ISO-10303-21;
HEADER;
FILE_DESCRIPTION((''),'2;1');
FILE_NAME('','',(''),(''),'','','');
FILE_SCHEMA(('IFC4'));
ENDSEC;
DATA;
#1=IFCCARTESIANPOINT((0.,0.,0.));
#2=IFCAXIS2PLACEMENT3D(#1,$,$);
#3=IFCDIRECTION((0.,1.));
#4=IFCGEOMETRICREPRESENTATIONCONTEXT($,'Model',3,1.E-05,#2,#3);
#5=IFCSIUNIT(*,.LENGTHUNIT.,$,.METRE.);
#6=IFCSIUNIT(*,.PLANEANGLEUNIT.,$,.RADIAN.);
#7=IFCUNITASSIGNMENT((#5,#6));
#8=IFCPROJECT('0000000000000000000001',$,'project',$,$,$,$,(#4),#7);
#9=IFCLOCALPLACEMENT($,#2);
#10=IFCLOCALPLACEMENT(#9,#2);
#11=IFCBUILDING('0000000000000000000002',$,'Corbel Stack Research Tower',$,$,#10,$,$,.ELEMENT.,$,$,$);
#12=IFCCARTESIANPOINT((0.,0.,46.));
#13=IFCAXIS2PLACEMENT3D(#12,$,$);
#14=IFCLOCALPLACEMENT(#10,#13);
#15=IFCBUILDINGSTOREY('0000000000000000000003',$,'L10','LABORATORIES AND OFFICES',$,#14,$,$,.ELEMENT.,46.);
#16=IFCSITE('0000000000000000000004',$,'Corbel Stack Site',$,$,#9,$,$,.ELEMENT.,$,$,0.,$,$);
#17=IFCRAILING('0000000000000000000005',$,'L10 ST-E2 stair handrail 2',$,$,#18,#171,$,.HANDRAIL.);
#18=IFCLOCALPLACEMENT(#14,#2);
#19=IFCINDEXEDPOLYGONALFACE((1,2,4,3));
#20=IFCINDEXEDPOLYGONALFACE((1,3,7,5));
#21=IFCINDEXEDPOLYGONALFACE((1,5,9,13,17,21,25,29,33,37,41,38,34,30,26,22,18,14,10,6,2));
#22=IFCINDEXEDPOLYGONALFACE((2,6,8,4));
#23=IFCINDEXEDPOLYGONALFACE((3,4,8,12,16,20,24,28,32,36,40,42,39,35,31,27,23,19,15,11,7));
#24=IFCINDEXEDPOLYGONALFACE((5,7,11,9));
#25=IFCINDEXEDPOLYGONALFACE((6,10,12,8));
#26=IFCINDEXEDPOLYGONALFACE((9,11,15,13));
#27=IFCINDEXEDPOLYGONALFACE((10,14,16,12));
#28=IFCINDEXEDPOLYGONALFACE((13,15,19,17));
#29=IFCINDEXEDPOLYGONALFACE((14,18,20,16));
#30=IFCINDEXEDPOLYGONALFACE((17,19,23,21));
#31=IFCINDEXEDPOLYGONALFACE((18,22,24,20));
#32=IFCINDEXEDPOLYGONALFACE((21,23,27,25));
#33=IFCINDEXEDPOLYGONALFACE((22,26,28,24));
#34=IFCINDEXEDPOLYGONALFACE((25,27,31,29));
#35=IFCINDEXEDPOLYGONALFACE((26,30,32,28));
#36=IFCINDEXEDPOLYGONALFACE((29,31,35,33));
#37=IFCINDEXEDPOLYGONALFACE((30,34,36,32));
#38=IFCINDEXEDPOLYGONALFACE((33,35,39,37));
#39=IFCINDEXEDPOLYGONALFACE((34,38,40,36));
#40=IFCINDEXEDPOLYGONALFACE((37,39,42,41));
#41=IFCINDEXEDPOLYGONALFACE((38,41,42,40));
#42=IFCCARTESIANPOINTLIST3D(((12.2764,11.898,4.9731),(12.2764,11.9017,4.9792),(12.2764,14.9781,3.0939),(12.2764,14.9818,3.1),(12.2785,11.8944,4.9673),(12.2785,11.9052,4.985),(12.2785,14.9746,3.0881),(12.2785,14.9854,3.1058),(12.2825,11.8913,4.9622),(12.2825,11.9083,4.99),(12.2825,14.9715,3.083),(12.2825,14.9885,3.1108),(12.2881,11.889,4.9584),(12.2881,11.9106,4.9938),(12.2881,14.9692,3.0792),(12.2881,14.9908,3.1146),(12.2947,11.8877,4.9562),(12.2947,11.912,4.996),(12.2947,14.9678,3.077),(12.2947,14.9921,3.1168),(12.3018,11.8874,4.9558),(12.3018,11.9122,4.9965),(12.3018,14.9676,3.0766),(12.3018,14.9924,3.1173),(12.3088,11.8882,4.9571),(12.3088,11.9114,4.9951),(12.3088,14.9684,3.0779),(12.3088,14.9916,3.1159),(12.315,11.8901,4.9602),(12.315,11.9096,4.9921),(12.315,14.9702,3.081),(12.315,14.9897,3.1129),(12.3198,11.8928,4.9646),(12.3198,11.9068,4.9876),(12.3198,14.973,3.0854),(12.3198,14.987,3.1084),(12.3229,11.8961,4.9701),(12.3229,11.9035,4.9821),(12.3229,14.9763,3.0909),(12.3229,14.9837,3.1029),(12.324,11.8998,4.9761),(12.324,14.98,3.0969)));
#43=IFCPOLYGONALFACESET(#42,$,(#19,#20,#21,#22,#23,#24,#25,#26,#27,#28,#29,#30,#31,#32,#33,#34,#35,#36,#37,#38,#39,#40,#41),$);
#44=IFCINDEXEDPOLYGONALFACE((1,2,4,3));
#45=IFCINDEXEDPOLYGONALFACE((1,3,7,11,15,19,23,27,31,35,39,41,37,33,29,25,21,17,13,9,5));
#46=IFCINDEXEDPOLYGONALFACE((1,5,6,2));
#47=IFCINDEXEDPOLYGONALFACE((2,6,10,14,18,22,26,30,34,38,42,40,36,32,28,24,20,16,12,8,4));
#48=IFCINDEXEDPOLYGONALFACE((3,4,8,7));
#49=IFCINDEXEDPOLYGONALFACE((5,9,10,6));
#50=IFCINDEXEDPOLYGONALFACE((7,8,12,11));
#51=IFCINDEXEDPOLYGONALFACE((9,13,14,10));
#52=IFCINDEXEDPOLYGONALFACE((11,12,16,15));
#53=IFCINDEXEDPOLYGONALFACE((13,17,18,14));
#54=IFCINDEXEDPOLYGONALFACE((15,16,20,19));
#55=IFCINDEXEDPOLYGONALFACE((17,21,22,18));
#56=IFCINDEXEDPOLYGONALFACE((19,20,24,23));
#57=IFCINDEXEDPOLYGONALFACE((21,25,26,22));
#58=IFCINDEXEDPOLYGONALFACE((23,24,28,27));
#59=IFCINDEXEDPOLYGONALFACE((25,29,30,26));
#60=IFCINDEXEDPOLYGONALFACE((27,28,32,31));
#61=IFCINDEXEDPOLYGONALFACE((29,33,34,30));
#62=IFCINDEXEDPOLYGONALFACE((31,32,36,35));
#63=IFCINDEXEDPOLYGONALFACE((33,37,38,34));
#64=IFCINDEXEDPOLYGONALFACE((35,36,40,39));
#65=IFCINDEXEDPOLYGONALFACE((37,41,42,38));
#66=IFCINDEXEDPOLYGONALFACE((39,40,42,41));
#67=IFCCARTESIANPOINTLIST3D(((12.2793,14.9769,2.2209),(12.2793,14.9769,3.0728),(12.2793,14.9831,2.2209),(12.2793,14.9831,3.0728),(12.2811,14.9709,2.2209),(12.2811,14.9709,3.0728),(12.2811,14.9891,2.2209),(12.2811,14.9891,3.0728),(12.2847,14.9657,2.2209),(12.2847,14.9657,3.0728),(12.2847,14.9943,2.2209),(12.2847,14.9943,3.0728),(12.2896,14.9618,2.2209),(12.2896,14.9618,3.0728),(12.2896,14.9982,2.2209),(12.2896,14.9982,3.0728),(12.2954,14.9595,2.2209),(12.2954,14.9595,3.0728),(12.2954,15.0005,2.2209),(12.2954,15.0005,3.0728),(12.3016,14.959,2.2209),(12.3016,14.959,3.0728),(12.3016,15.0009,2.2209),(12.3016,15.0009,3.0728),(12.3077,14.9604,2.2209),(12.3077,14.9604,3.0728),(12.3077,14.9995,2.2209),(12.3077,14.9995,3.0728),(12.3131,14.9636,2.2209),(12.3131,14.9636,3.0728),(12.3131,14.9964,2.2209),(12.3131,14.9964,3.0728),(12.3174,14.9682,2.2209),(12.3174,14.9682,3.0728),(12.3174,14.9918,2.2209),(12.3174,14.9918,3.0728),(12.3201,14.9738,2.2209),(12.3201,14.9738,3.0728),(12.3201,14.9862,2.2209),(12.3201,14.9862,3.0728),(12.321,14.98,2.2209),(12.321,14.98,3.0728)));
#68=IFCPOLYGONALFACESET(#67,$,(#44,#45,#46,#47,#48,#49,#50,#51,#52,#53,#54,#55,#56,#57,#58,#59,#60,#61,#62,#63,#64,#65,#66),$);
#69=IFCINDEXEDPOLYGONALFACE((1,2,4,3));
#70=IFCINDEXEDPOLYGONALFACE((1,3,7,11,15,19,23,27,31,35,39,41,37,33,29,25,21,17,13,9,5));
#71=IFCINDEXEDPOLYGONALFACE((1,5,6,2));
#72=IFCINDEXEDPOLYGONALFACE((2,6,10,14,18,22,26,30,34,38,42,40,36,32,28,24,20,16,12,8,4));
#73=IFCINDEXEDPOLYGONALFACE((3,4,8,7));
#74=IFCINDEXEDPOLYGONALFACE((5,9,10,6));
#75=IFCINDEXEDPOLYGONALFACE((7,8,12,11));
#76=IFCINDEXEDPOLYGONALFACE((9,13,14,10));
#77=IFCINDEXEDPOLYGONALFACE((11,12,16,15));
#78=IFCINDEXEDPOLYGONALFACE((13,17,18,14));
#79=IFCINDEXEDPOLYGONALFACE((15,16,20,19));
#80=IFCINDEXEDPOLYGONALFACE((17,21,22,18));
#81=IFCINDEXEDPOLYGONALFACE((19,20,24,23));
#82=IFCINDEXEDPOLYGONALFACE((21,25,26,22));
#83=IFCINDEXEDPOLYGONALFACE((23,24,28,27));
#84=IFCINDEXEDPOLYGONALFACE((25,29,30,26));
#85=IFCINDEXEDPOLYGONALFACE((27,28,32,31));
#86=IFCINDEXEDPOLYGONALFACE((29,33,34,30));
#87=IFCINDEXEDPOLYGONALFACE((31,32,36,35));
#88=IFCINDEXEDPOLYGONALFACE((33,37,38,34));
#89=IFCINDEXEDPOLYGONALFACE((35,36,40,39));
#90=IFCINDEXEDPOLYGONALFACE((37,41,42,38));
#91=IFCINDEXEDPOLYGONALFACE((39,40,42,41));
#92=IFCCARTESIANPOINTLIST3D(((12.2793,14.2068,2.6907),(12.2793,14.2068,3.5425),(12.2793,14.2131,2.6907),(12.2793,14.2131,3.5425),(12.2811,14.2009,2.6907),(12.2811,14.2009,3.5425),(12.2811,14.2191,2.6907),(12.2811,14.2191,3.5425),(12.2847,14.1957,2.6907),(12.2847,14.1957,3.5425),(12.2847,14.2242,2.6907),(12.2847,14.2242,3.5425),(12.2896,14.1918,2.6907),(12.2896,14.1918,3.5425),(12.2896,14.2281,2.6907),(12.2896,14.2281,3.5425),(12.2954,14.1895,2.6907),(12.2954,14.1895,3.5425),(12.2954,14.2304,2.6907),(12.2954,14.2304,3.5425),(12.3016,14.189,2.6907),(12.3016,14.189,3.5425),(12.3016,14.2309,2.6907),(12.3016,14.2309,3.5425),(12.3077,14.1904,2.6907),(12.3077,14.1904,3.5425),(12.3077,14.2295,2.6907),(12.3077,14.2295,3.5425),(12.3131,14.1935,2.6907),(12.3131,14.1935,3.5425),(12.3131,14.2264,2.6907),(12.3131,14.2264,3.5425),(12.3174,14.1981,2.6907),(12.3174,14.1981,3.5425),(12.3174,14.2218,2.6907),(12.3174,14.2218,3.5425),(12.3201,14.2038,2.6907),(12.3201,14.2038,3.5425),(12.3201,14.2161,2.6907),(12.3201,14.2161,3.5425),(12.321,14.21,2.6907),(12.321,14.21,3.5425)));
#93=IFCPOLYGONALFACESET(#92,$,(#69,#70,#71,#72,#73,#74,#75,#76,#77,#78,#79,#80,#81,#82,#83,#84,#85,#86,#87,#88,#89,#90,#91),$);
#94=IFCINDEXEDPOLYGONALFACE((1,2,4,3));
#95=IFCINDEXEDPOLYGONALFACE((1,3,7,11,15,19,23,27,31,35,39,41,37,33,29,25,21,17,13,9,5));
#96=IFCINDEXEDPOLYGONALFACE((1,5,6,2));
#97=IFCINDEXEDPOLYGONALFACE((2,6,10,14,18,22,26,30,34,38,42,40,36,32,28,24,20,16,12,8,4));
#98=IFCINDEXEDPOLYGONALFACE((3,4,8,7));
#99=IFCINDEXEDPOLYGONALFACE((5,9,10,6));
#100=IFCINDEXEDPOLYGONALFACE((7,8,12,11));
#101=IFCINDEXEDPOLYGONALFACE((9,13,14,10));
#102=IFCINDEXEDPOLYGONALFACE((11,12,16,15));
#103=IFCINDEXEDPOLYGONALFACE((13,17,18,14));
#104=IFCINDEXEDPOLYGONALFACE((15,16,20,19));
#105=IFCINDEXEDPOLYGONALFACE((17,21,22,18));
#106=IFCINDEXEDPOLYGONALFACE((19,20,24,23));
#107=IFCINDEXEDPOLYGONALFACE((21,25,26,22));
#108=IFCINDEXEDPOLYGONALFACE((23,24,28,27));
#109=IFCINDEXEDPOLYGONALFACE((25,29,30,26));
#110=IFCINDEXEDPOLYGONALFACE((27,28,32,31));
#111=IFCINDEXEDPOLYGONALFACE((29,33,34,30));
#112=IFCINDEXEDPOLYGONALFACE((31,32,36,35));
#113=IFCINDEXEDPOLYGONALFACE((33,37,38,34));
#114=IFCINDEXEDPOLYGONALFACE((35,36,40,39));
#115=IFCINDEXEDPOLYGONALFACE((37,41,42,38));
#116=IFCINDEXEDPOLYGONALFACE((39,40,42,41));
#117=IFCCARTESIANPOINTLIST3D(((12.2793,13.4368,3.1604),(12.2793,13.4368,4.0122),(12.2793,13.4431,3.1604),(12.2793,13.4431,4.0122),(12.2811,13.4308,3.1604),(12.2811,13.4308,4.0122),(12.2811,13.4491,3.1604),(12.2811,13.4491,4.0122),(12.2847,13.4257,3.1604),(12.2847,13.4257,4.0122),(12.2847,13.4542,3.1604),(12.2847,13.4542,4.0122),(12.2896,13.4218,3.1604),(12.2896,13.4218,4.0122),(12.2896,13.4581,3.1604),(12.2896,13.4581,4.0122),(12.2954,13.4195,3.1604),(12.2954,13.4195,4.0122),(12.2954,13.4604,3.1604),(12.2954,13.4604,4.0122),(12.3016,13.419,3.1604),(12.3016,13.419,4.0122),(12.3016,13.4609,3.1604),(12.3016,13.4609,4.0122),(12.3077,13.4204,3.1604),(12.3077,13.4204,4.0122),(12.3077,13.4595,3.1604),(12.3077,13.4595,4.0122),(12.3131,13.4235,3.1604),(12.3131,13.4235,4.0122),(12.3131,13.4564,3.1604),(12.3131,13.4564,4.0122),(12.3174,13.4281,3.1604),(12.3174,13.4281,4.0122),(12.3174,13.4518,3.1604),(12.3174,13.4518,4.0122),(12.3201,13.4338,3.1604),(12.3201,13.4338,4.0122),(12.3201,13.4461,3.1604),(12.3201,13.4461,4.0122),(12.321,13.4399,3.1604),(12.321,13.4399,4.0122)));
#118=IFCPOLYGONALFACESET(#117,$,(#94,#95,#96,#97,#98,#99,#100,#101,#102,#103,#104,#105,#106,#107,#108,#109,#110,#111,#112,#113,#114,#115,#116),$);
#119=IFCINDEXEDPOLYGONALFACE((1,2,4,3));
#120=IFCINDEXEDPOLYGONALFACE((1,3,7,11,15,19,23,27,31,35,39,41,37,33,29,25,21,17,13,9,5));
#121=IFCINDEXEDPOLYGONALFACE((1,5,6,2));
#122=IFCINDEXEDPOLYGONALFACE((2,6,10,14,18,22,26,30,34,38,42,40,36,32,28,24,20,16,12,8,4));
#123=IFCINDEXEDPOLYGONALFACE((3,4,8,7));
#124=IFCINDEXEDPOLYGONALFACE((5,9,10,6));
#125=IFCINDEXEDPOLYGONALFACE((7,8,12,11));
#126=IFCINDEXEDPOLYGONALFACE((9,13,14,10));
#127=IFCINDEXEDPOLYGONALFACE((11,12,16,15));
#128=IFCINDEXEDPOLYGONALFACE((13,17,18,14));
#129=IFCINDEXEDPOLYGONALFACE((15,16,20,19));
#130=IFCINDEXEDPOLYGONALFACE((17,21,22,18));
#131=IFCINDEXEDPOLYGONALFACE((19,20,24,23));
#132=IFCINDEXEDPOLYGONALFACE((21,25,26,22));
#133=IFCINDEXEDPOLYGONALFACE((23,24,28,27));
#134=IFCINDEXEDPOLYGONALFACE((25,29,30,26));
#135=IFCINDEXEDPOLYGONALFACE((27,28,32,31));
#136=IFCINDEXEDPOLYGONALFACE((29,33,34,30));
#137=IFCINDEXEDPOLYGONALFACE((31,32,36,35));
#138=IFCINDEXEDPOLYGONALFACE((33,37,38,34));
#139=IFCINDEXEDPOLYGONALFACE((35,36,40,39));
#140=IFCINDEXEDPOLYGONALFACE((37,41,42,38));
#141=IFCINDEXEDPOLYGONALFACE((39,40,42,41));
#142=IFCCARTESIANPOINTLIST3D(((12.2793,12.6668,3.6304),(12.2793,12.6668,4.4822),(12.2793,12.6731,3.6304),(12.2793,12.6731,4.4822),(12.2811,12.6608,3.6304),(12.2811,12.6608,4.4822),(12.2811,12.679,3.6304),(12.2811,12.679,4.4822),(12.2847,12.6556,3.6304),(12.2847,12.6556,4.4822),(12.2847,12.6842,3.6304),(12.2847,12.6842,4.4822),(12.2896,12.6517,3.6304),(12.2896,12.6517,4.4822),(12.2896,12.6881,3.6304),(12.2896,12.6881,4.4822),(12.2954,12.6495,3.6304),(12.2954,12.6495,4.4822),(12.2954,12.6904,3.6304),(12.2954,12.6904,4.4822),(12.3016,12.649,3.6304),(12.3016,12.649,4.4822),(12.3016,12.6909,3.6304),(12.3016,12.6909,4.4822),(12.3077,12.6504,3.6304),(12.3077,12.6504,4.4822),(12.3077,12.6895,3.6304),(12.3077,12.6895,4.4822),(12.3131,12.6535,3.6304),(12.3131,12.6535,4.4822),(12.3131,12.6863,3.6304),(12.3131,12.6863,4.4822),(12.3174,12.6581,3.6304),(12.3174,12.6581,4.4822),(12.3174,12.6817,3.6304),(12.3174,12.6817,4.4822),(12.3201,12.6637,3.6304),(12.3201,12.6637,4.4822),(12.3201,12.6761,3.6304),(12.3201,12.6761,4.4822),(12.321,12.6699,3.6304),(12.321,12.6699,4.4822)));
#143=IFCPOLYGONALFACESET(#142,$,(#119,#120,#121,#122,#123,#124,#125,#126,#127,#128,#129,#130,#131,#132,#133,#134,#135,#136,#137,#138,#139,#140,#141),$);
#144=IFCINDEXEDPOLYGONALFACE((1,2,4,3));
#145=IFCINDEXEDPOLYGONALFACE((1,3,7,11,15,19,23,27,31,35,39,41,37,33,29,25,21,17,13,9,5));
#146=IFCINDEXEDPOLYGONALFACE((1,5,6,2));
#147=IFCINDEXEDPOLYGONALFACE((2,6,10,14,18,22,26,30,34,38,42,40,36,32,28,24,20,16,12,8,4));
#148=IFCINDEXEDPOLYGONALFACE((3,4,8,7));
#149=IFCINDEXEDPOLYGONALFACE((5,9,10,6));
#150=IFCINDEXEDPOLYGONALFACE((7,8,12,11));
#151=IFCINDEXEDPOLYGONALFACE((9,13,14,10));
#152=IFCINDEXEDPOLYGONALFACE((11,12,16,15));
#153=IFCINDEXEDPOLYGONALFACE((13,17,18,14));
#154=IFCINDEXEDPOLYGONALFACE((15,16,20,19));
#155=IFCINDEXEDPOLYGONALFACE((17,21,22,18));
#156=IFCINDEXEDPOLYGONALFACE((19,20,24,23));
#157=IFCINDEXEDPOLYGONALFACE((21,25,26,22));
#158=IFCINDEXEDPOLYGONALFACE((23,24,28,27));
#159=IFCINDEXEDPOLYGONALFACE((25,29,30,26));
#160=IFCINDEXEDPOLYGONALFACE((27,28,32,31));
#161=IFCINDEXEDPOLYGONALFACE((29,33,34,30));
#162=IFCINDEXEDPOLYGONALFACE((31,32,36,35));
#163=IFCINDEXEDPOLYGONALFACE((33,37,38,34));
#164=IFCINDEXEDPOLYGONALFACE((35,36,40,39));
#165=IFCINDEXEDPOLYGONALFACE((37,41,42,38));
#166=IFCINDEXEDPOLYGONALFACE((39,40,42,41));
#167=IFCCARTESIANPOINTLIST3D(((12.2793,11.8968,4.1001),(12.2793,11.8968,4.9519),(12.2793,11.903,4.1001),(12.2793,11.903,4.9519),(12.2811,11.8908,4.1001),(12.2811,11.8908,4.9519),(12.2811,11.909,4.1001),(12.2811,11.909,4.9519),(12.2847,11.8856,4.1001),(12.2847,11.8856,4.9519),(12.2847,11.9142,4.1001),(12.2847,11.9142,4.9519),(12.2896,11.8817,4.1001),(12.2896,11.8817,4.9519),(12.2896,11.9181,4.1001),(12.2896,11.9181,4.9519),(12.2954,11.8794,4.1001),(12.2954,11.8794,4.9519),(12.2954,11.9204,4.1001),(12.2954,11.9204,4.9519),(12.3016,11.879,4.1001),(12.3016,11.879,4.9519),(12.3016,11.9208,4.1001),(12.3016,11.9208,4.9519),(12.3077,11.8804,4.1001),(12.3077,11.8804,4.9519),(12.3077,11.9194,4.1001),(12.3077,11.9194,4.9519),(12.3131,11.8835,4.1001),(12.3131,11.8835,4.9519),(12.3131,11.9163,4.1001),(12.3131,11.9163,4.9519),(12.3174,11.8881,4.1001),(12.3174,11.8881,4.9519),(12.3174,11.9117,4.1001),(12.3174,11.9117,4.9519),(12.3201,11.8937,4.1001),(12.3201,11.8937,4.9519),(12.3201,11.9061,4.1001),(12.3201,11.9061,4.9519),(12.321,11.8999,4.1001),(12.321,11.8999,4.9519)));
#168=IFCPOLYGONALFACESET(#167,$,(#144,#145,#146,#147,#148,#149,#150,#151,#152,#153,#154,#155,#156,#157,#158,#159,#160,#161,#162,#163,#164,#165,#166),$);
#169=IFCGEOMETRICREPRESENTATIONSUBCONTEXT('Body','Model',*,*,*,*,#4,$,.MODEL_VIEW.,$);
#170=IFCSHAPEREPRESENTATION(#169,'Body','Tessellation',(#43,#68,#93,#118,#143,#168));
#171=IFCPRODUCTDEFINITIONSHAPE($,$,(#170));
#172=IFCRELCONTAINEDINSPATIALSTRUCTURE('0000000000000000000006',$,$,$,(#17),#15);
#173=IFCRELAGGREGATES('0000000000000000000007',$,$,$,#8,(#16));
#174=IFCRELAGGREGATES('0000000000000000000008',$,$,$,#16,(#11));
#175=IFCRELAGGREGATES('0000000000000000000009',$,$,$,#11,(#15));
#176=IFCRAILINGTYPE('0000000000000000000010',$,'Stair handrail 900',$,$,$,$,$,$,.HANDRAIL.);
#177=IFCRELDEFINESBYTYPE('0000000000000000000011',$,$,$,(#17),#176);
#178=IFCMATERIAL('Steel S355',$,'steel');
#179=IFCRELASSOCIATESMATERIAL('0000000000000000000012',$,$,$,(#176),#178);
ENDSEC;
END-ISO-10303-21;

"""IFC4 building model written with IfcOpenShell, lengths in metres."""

from ifc_helpers import new_model, si_unit, direction, frame, origin, origin_2d, place, context, subcontext, project, spatial, circle, extrude, material, type_object, element, save


model = new_model("IFC4")

# Units and contexts
model_context = context("Model", 3, precision=1e-05, world=origin(), true_north=direction((0.0, 1.0)))
body_context = subcontext(model_context, "Body", "Model", "MODEL_VIEW")
ifc_project = project(units=[si_unit("LENGTHUNIT", "METRE"), si_unit("PLANEANGLEUNIT", "RADIAN")], contexts=[model_context])

# Site, building, storey
site_placement = place(None, origin())
site = spatial("IfcSite", under=ifc_project, at=site_placement, Name="Corbel Stack Site", CompositionType="ELEMENT", RefElevation=0.0)
building_placement = place(site_placement, origin())
building = spatial("IfcBuilding", under=site, at=building_placement, Name="Corbel Stack Research Tower", CompositionType="ELEMENT")
storey_placement = place(building_placement, frame((0.0, 0.0, 46.0)))
storey = spatial("IfcBuildingStorey", under=building, at=storey_placement, Name="L10", Description="LABORATORIES AND OFFICES", CompositionType="ELEMENT", Elevation=46.0)

# Railing
ifc_material_1 = material(Name="Steel S355", Category="steel")
railing_type_1 = type_object("IfcRailingType", Name="Stair handrail 900", PredefinedType="HANDRAIL", material=ifc_material_1)
railing_1_placement = place(storey_placement, frame((12.3, 14.98, 2.2209)))
element("IfcRailing", 1, at=railing_1_placement, inside=storey, type_object=railing_type_1, Name="L10 ST-E2 stair handrail 2", PredefinedType="HANDRAIL", context=body_context, shape_type="SweptSolid", body=[
    extrude(circle(Radius=0.0239, at=origin_2d()), frame((0.0, 0.0, 0.876), z_axis=(0.0, -0.853666, 0.52082), x_axis=(1.0, 0.0, 0.0)), (0.0, 0.0, 1.0), 3.6082),
    extrude(circle(Radius=0.021, at=origin_2d()), origin(), (0.0, 0.0, 1.0), 0.8518),
    extrude(circle(Radius=0.021, at=origin_2d()), frame((0.0, -0.77, 0.4697)), (0.0, 0.0, 1.0), 0.8518),
    extrude(circle(Radius=0.021, at=origin_2d()), frame((0.0, -1.54, 0.9395)), (0.0, 0.0, 1.0), 0.8518),
    extrude(circle(Radius=0.021, at=origin_2d()), frame((0.0, -2.3101, 1.4094)), (0.0, 0.0, 1.0), 0.8518),
    extrude(circle(Radius=0.021, at=origin_2d()), frame((0.0, -3.0801, 1.8792)), (0.0, 0.0, 1.0), 0.8518),
])

save(model, "model.ifc")
